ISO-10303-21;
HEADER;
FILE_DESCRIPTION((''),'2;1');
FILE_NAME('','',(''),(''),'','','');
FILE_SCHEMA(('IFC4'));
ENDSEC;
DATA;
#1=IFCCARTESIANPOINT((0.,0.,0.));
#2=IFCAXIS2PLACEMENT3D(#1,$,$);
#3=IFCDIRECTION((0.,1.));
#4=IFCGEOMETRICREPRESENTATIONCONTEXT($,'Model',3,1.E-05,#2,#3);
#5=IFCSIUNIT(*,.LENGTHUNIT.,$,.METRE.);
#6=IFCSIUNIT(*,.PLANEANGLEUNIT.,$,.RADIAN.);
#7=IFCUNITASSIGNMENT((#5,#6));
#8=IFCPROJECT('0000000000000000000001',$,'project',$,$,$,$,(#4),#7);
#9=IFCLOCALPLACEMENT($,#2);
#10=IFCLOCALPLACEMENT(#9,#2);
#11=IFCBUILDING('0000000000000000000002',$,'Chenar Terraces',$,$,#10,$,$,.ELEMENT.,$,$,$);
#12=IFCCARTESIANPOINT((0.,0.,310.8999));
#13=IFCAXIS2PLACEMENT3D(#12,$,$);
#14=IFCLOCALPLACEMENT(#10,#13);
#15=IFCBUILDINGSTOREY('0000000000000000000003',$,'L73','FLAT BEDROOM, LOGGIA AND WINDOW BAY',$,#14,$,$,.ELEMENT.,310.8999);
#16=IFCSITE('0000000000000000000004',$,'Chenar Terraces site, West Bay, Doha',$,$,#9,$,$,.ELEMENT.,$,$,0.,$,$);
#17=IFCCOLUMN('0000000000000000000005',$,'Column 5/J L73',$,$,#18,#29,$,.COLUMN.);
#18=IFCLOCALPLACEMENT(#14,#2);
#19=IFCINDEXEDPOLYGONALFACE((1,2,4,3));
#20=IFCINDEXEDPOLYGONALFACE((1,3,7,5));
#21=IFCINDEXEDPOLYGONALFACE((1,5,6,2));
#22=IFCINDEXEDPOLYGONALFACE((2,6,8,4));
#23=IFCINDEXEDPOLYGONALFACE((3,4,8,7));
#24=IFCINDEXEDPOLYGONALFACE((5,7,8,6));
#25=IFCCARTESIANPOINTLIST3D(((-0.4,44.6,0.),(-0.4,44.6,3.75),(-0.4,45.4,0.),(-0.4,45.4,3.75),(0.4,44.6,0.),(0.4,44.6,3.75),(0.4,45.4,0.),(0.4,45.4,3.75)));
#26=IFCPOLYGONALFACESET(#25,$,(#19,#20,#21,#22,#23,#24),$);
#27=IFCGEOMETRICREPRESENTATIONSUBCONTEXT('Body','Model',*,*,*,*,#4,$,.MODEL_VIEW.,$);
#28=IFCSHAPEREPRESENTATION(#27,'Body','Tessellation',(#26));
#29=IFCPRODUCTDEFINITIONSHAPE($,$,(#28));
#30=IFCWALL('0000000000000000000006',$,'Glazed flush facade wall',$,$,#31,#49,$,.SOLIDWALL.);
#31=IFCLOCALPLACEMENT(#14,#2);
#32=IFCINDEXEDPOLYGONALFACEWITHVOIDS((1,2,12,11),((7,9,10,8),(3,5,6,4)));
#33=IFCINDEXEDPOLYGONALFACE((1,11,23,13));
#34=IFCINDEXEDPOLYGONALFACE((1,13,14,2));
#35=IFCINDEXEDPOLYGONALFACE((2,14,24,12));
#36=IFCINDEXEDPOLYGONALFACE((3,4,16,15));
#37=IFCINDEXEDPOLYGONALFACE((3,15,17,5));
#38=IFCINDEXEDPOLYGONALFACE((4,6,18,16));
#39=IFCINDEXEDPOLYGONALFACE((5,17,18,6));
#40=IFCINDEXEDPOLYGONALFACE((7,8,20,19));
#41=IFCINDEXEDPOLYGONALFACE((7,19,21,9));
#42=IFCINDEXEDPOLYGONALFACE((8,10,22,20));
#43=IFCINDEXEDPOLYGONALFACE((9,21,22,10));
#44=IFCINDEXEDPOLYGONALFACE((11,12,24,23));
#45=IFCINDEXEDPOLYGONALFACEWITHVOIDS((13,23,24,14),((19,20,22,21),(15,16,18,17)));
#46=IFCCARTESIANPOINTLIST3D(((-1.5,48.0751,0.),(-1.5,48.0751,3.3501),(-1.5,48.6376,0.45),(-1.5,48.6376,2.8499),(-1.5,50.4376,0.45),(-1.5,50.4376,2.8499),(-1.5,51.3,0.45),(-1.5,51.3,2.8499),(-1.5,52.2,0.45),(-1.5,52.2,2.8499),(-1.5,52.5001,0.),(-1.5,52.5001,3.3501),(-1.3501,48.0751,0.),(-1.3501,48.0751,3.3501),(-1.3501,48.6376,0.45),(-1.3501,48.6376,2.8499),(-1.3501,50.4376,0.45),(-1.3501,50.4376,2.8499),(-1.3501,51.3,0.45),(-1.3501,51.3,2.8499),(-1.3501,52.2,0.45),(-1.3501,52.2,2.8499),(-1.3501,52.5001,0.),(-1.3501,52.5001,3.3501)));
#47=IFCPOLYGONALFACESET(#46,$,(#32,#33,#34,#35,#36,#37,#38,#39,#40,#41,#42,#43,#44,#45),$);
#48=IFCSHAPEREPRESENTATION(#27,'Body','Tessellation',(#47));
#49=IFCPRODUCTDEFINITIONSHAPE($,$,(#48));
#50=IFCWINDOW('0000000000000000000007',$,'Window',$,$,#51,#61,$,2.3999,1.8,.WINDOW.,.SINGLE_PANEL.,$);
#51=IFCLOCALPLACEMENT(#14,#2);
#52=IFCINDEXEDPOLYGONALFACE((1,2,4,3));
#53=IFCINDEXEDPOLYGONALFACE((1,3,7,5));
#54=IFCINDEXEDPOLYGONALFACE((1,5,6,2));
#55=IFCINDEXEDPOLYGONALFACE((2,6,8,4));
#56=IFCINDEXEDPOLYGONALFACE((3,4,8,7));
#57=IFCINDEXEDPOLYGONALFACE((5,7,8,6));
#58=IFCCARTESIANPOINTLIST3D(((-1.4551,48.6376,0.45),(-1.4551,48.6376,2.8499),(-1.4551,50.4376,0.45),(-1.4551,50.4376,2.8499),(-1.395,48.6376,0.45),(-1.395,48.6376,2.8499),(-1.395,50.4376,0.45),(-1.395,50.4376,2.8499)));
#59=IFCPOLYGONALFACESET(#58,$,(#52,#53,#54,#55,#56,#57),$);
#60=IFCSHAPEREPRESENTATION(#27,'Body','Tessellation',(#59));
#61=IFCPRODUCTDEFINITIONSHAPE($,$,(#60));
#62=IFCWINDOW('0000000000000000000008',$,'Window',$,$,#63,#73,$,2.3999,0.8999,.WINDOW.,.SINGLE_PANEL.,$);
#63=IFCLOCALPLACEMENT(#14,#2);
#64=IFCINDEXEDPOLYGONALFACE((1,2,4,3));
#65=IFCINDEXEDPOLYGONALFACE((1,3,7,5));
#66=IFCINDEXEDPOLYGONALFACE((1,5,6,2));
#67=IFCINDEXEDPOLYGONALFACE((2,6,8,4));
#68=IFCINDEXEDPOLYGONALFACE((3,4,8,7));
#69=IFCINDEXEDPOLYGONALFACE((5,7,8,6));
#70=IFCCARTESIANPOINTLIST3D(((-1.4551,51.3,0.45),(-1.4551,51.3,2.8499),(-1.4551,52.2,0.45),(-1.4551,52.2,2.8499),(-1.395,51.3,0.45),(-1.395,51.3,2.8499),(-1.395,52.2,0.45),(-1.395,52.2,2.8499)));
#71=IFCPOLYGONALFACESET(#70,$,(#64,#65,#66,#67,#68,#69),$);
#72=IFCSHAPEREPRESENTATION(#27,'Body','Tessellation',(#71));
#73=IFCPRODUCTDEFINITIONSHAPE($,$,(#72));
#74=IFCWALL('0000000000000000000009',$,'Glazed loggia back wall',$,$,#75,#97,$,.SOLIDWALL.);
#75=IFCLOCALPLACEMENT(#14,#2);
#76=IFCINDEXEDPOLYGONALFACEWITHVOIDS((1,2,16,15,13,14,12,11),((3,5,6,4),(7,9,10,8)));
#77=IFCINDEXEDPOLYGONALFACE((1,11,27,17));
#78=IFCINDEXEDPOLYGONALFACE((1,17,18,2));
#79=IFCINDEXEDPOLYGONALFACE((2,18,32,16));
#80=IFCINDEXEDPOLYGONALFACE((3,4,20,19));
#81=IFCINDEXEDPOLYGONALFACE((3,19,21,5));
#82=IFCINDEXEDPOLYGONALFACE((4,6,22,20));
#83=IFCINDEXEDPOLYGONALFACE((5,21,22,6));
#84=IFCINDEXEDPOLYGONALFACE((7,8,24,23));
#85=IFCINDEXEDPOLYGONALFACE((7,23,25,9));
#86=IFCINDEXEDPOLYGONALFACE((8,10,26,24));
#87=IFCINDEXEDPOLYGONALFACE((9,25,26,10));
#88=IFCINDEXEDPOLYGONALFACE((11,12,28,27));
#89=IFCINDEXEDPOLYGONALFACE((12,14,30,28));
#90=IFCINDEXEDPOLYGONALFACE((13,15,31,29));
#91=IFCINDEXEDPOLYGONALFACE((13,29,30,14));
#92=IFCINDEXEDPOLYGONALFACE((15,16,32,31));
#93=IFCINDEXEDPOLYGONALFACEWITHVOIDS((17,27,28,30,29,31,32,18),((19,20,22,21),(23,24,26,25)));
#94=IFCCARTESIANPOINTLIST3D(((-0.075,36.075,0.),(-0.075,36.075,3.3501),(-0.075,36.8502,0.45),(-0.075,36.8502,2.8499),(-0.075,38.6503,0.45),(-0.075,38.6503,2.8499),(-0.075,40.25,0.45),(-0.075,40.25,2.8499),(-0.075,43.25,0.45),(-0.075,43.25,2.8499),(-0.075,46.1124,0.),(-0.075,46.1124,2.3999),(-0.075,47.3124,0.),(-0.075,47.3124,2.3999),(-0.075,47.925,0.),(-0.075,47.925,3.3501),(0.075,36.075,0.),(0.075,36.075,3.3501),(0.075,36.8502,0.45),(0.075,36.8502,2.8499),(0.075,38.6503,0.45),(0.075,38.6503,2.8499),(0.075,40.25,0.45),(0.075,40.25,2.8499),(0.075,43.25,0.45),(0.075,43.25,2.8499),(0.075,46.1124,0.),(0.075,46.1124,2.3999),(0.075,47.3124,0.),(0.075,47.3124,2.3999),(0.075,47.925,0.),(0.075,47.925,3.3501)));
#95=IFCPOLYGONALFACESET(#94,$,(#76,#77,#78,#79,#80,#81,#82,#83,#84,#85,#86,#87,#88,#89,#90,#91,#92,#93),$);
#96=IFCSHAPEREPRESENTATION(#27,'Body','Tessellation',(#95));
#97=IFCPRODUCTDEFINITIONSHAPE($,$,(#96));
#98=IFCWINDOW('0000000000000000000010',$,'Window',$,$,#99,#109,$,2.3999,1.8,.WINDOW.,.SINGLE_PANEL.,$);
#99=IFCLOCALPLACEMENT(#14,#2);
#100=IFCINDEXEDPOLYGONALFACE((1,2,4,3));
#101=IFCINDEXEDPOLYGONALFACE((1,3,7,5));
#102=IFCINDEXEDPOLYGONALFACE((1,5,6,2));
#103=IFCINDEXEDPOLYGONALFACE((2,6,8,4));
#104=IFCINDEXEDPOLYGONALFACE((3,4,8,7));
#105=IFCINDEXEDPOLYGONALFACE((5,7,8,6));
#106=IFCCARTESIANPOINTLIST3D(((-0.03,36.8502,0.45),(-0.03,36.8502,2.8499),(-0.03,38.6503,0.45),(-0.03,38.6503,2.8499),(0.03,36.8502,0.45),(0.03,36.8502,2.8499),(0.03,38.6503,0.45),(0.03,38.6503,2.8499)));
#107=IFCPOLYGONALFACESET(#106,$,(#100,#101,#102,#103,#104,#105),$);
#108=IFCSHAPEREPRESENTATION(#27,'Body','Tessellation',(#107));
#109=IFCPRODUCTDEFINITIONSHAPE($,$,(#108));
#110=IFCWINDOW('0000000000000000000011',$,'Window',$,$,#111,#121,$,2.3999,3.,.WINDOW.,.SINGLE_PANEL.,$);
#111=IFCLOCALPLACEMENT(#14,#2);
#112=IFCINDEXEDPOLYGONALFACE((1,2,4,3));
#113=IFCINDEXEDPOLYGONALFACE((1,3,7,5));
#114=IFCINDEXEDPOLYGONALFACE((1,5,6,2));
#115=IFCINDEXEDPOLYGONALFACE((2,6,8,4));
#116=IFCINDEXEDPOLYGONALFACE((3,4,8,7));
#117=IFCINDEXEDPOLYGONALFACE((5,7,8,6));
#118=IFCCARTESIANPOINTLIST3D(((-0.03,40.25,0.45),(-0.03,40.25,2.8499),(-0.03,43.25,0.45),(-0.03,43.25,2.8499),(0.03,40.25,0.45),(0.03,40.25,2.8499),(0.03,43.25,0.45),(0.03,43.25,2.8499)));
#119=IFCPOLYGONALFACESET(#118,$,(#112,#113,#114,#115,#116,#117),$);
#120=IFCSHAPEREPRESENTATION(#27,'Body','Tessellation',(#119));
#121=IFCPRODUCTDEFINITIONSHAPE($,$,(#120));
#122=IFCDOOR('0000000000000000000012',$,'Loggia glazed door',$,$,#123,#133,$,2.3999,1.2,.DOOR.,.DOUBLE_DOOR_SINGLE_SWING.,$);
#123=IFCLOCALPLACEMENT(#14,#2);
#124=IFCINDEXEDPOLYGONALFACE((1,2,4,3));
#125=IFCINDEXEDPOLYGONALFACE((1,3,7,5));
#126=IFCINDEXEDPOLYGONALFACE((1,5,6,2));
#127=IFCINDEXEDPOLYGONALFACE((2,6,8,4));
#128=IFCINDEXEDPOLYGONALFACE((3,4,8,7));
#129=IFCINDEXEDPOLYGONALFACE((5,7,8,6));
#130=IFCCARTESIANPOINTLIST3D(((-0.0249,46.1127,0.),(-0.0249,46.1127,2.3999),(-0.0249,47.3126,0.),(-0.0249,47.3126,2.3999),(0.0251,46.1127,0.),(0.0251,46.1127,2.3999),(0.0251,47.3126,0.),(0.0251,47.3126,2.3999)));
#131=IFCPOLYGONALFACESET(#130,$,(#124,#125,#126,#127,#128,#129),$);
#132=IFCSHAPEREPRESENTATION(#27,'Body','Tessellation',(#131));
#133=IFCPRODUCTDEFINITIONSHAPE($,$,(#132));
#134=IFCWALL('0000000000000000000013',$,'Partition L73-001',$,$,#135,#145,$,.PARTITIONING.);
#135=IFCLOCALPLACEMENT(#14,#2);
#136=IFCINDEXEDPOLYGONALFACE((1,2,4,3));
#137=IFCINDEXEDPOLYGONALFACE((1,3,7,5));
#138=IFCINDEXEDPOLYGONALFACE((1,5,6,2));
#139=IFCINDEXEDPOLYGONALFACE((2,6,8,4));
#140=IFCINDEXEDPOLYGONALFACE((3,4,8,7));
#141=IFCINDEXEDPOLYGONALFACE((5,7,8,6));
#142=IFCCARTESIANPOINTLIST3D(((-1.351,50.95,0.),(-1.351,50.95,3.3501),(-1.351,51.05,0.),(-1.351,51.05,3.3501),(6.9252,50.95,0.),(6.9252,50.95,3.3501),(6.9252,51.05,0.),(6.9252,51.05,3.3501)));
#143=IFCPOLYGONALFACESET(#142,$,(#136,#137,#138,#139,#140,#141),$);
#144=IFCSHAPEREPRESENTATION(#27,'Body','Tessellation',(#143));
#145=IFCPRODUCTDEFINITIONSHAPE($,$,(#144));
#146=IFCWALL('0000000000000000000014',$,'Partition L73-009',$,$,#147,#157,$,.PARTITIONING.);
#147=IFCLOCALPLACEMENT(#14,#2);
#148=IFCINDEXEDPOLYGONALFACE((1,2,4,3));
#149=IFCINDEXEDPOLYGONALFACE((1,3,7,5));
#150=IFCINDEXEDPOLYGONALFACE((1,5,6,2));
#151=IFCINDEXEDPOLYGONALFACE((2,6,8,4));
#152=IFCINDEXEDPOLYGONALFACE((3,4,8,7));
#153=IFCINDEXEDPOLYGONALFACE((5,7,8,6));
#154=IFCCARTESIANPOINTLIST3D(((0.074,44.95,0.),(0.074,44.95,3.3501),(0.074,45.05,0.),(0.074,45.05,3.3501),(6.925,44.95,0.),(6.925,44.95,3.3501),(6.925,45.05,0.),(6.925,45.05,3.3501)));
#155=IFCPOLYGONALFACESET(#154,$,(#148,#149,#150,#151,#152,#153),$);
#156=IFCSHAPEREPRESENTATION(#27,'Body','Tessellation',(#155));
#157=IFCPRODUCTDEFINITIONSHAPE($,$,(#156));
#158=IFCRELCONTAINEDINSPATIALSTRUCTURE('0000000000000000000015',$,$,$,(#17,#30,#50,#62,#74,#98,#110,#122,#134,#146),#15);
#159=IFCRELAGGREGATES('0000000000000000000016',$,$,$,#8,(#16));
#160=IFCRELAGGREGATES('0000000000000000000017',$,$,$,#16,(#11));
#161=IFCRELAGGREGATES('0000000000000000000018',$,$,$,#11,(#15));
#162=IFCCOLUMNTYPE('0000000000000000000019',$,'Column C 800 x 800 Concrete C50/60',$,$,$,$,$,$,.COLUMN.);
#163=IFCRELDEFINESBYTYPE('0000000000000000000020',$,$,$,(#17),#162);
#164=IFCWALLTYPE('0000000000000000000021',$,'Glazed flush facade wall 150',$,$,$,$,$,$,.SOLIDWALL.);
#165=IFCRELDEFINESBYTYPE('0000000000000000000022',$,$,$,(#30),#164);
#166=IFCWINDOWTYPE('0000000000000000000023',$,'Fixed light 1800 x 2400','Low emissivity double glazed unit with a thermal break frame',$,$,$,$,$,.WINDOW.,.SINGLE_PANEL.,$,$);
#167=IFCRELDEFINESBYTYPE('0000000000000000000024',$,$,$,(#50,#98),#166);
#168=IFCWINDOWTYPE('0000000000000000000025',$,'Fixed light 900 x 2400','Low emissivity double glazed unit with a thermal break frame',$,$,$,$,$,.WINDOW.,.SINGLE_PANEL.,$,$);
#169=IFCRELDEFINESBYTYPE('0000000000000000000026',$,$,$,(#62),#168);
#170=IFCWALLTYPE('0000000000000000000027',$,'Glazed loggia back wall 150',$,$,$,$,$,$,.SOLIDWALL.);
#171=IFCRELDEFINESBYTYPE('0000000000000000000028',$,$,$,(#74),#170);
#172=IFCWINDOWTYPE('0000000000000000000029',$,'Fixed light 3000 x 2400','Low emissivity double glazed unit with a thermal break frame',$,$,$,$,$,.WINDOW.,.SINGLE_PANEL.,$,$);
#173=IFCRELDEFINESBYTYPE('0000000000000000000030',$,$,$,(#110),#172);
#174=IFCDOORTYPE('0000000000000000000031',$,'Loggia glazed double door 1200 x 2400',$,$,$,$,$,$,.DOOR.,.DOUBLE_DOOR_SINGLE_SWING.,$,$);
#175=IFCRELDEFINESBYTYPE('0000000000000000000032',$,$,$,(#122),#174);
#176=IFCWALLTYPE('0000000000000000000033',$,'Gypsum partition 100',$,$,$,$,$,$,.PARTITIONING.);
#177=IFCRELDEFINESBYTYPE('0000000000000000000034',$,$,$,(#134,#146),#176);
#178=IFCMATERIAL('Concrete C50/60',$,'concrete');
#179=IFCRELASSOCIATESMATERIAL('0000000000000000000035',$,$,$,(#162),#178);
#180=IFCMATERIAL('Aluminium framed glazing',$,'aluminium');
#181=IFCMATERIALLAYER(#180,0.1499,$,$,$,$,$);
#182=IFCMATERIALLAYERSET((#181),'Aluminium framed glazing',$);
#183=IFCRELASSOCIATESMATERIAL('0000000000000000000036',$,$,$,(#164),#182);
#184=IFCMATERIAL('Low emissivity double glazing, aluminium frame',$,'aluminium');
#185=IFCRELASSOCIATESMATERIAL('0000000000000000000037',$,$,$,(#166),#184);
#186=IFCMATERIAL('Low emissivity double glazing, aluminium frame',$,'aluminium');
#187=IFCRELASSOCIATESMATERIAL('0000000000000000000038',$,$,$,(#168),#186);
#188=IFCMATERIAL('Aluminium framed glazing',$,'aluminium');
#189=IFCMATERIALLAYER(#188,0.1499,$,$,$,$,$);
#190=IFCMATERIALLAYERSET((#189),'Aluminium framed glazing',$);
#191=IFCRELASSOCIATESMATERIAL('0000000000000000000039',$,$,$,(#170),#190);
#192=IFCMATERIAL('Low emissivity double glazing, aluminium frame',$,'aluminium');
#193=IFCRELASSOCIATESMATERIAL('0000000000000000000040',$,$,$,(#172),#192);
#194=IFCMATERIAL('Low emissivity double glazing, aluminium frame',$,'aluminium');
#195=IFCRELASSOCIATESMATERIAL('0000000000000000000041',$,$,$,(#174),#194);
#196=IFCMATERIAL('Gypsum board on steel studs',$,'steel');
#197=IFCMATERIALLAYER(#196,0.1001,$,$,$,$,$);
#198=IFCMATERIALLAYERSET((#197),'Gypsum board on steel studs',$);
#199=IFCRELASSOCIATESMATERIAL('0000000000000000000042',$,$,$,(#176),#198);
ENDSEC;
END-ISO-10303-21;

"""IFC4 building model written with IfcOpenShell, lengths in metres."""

from ifc_helpers import new_model, si_unit, direction, frame, frame_2d, origin, origin_2d, place, context, subcontext, project, spatial, rectangle, extrude, material, layer, layer_set, material_profile, profile_set, type_object, element, fill, save


model = new_model("IFC4")

# Units and contexts
model_context = context("Model", 3, precision=1e-05, world=origin(), true_north=direction((0.0, 1.0)))
body_context = subcontext(model_context, "Body", "Model", "MODEL_VIEW")
ifc_project = project(units=[si_unit("LENGTHUNIT", "METRE"), si_unit("PLANEANGLEUNIT", "RADIAN")], contexts=[model_context])

# Site, building, storey
site_placement = place(None, origin())
site = spatial("IfcSite", under=ifc_project, at=site_placement, Name="Chenar Terraces site, West Bay, Doha", CompositionType="ELEMENT", RefElevation=0.0)
building_placement = place(site_placement, origin())
building = spatial("IfcBuilding", under=site, at=building_placement, Name="Chenar Terraces", CompositionType="ELEMENT")
storey_placement = place(building_placement, frame((0.0, 0.0, 310.8999)))
storey = spatial("IfcBuildingStorey", under=building, at=storey_placement, Name="L73", Description="FLAT BEDROOM, LOGGIA AND WINDOW BAY", CompositionType="ELEMENT", Elevation=310.8999)

# Column
ifc_material_1 = material(Name="Concrete C50/60", Category="concrete")
ifc_material_profile_1 = material_profile(ifc_material_1, rectangle(XDim=0.8, YDim=0.8, at=origin_2d()), Name="C 800 x 800")
ifc_profile_set_1 = profile_set([ifc_material_profile_1], Name="Concrete C50/60")
column_type = type_object("IfcColumnType", Name="Column C 800 x 800 Concrete C50/60", PredefinedType="COLUMN", material=ifc_profile_set_1)
column_placement = place(storey_placement, frame((0.0, 45.0, 0.0), z_axis=(0.0, 0.0, 1.0), x_axis=(1.0, 0.0, 0.0)))
element("IfcColumn", 1, at=column_placement, inside=storey, type_object=column_type, Name="Column 5/J L73", PredefinedType="COLUMN", context=body_context, shape_type="SweptSolid", body=[
    extrude(rectangle(XDim=0.8, YDim=0.8, at=origin_2d()), origin(), (0.0, 0.0, 1.0), 3.75),
])

# Wall, openings, windows
ifc_material_2 = material(Name="Aluminium framed glazing", Category="aluminium")
ifc_layer_1 = layer(ifc_material_2, 0.1499)
ifc_layer_set_1 = layer_set([ifc_layer_1], Name="Aluminium framed glazing")
wall_type_1 = type_object("IfcWallType", Name="Glazed flush facade wall 150", PredefinedType="SOLIDWALL", material=ifc_layer_set_1)
wall_1_placement = place(storey_placement, frame((-1.425, 52.5, 0.0), z_axis=(0.0, 0.0, 1.0), x_axis=(0.0, -1.0, 0.0)))
wall_1 = element("IfcWall", 2, at=wall_1_placement, inside=storey, type_object=wall_type_1, Name="Glazed flush facade wall", PredefinedType="SOLIDWALL", context=body_context, shape_type="SweptSolid", body=[
    extrude(rectangle(XDim=4.425, YDim=0.1499, at=frame_2d((2.2124, 0.0))), origin(), (0.0, 0.0, 1.0), 3.3501),
])
opening_1_placement = place(wall_1_placement, frame((0.3, 0.0, 0.45)))
opening_1 = element("IfcOpeningElement", 3, at=opening_1_placement, cuts=wall_1, PredefinedType="OPENING", context=body_context, shape_type="SweptSolid", body=[
    extrude(rectangle(XDim=0.8999, YDim=2.3999, at=frame_2d((0.45, 1.2))), frame((0.0, 0.085, 0.0), z_axis=(0.0, -1.0, 0.0), x_axis=(1.0, 0.0, 0.0)), (0.0, 0.0, 1.0), 0.1699),
])
opening_2_placement = place(wall_1_placement, frame((2.0625, 0.0, 0.45)))
opening_2 = element("IfcOpeningElement", 4, at=opening_2_placement, cuts=wall_1, PredefinedType="OPENING", context=body_context, shape_type="SweptSolid", body=[
    extrude(rectangle(XDim=1.8, YDim=2.3999, at=frame_2d((0.8999, 1.2))), frame((0.0, 0.085, 0.0), z_axis=(0.0, -1.0, 0.0), x_axis=(1.0, 0.0, 0.0)), (0.0, 0.0, 1.0), 0.1699),
])
ifc_material_3 = material(Name="Low emissivity double glazing, aluminium frame", Category="aluminium")
window_type_1 = type_object("IfcWindowType", Name="Fixed light 1800 x 2400", Description="Low emissivity double glazed unit with a thermal break frame", PartitioningType="SINGLE_PANEL", PredefinedType="WINDOW", material=ifc_material_3)
window_1_placement = place(opening_2_placement, origin())
window_1 = element("IfcWindow", 5, at=window_1_placement, inside=storey, type_object=window_type_1, Name="Window", OverallHeight=2.3999, OverallWidth=1.8, PartitioningType="SINGLE_PANEL", PredefinedType="WINDOW", context=body_context, shape_type="SweptSolid", body=[
    extrude(rectangle(XDim=1.8, YDim=2.3999, at=frame_2d((0.8999, 1.2))), frame((0.0, 0.03, 0.0), z_axis=(0.0, -1.0, 0.0), x_axis=(1.0, 0.0, 0.0)), (0.0, 0.0, 1.0), 0.0601),
])
fill(opening_2, window_1)
ifc_material_4 = material(Name="Low emissivity double glazing, aluminium frame", Category="aluminium")
window_type_2 = type_object("IfcWindowType", Name="Fixed light 900 x 2400", Description="Low emissivity double glazed unit with a thermal break frame", PartitioningType="SINGLE_PANEL", PredefinedType="WINDOW", material=ifc_material_4)
window_2_placement = place(opening_1_placement, origin())
window_2 = element("IfcWindow", 6, at=window_2_placement, inside=storey, type_object=window_type_2, Name="Window", OverallHeight=2.3999, OverallWidth=0.8999, PartitioningType="SINGLE_PANEL", PredefinedType="WINDOW", context=body_context, shape_type="SweptSolid", body=[
    extrude(rectangle(XDim=0.8999, YDim=2.3999, at=frame_2d((0.45, 1.2))), frame((0.0, 0.03, 0.0), z_axis=(0.0, -1.0, 0.0), x_axis=(1.0, 0.0, 0.0)), (0.0, 0.0, 1.0), 0.0601),
])
fill(opening_1, window_2)

# Wall, openings, windows, door
ifc_material_5 = material(Name="Aluminium framed glazing", Category="aluminium")
ifc_layer_2 = layer(ifc_material_5, 0.1499)
ifc_layer_set_2 = layer_set([ifc_layer_2], Name="Aluminium framed glazing")
wall_type_2 = type_object("IfcWallType", Name="Glazed loggia back wall 150", PredefinedType="SOLIDWALL", material=ifc_layer_set_2)
wall_2_placement = place(storey_placement, frame((0.0, 47.925, 0.0), z_axis=(0.0, 0.0, 1.0), x_axis=(0.0, -1.0, 0.0)))
wall_2 = element("IfcWall", 7, at=wall_2_placement, inside=storey, type_object=wall_type_2, Name="Glazed loggia back wall", PredefinedType="SOLIDWALL", context=body_context, shape_type="SweptSolid", body=[
    extrude(rectangle(XDim=11.8501, YDim=0.1499, at=frame_2d((5.925, 0.0))), origin(), (0.0, 0.0, 1.0), 3.3501),
])
opening_3_placement = place(wall_2_placement, frame((0.6125, 0.0, 0.0)))
opening_3 = element("IfcOpeningElement", 8, at=opening_3_placement, cuts=wall_2, PredefinedType="OPENING", context=body_context, shape_type="SweptSolid", body=[
    extrude(rectangle(XDim=1.2, YDim=2.3999, at=frame_2d((0.6001, 1.2))), frame((0.0, 0.085, 0.0), z_axis=(0.0, -1.0, 0.0), x_axis=(1.0, 0.0, 0.0)), (0.0, 0.0, 1.0), 0.1699),
])
opening_4_placement = place(wall_2_placement, frame((4.675, 0.0, 0.45)))
opening_4 = element("IfcOpeningElement", 9, at=opening_4_placement, cuts=wall_2, PredefinedType="OPENING", context=body_context, shape_type="SweptSolid", body=[
    extrude(rectangle(XDim=3.0, YDim=2.3999, at=frame_2d((1.5, 1.2))), frame((0.0, 0.085, 0.0), z_axis=(0.0, -1.0, 0.0), x_axis=(1.0, 0.0, 0.0)), (0.0, 0.0, 1.0), 0.1699),
])
opening_5_placement = place(wall_2_placement, frame((9.2749, 0.0, 0.45)))
opening_5 = element("IfcOpeningElement", 10, at=opening_5_placement, cuts=wall_2, PredefinedType="OPENING", context=body_context, shape_type="SweptSolid", body=[
    extrude(rectangle(XDim=1.8, YDim=2.3999, at=frame_2d((0.8999, 1.2))), frame((0.0, 0.085, 0.0), z_axis=(0.0, -1.0, 0.0), x_axis=(1.0, 0.0, 0.0)), (0.0, 0.0, 1.0), 0.1699),
])
window_3_placement = place(opening_5_placement, origin())
window_3 = element("IfcWindow", 11, at=window_3_placement, inside=storey, type_object=window_type_1, Name="Window", OverallHeight=2.3999, OverallWidth=1.8, PartitioningType="SINGLE_PANEL", PredefinedType="WINDOW", context=body_context, shape_type="SweptSolid", body=[
    extrude(rectangle(XDim=1.8, YDim=2.3999, at=frame_2d((0.8999, 1.2))), frame((0.0, 0.03, 0.0), z_axis=(0.0, -1.0, 0.0), x_axis=(1.0, 0.0, 0.0)), (0.0, 0.0, 1.0), 0.0601),
])
fill(opening_5, window_3)
ifc_material_6 = material(Name="Low emissivity double glazing, aluminium frame", Category="aluminium")
window_type_3 = type_object("IfcWindowType", Name="Fixed light 3000 x 2400", Description="Low emissivity double glazed unit with a thermal break frame", PartitioningType="SINGLE_PANEL", PredefinedType="WINDOW", material=ifc_material_6)
window_4_placement = place(opening_4_placement, origin())
window_4 = element("IfcWindow", 12, at=window_4_placement, inside=storey, type_object=window_type_3, Name="Window", OverallHeight=2.3999, OverallWidth=3.0, PartitioningType="SINGLE_PANEL", PredefinedType="WINDOW", context=body_context, shape_type="SweptSolid", body=[
    extrude(rectangle(XDim=3.0, YDim=2.3999, at=frame_2d((1.5, 1.2))), frame((0.0, 0.03, 0.0), z_axis=(0.0, -1.0, 0.0), x_axis=(1.0, 0.0, 0.0)), (0.0, 0.0, 1.0), 0.0601),
])
fill(opening_4, window_4)
ifc_material_7 = material(Name="Low emissivity double glazing, aluminium frame", Category="aluminium")
door_type_1 = type_object("IfcDoorType", Name="Loggia glazed double door 1200 x 2400", OperationType="DOUBLE_DOOR_SINGLE_SWING", PredefinedType="DOOR", material=ifc_material_7)
door_1_placement = place(opening_3_placement, frame((1.2, 0.0, 0.0), z_axis=(0.0, 0.0, 1.0), x_axis=(-1.0, 0.0, 0.0)))
door_1 = element("IfcDoor", 13, at=door_1_placement, inside=storey, type_object=door_type_1, Name="Loggia glazed door", OperationType="DOUBLE_DOOR_SINGLE_SWING", OverallHeight=2.3999, OverallWidth=1.2, PredefinedType="DOOR", context=body_context, shape_type="SweptSolid", body=[
    extrude(rectangle(XDim=1.2, YDim=2.3999, at=frame_2d((0.6001, 1.2))), frame((0.0, 0.0249, 0.0), z_axis=(0.0, -1.0, 0.0), x_axis=(1.0, 0.0, 0.0)), (0.0, 0.0, 1.0), 0.05),
])
fill(opening_3, door_1)

# Walls
ifc_material_8 = material(Name="Gypsum board on steel studs", Category="steel")
ifc_layer_3 = layer(ifc_material_8, 0.1001)
ifc_layer_set_3 = layer_set([ifc_layer_3], Name="Gypsum board on steel studs")
wall_type_3 = type_object("IfcWallType", Name="Gypsum partition 100", PredefinedType="PARTITIONING", material=ifc_layer_set_3)
wall_3_placement = place(storey_placement, frame((-1.3511, 51.0, 0.0), z_axis=(0.0, 0.0, 1.0), x_axis=(1.0, 0.0, 0.0)))
element("IfcWall", 14, at=wall_3_placement, inside=storey, type_object=wall_type_3, Name="Partition L73-001", PredefinedType="PARTITIONING", context=body_context, shape_type="SweptSolid", body=[
    extrude(rectangle(XDim=8.2761, YDim=0.1001, at=frame_2d((4.1382, 0.0))), origin(), (0.0, 0.0, 1.0), 3.3501),
])
wall_4_placement = place(storey_placement, frame((0.074, 45.0, 0.0), z_axis=(0.0, 0.0, 1.0), x_axis=(1.0, 0.0, 0.0)))
element("IfcWall", 15, at=wall_4_placement, inside=storey, type_object=wall_type_3, Name="Partition L73-009", PredefinedType="PARTITIONING", context=body_context, shape_type="SweptSolid", body=[
    extrude(rectangle(XDim=6.8511, YDim=0.1001, at=frame_2d((3.4255, 0.0))), origin(), (0.0, 0.0, 1.0), 3.3501),
])

save(model, "model.ifc")
